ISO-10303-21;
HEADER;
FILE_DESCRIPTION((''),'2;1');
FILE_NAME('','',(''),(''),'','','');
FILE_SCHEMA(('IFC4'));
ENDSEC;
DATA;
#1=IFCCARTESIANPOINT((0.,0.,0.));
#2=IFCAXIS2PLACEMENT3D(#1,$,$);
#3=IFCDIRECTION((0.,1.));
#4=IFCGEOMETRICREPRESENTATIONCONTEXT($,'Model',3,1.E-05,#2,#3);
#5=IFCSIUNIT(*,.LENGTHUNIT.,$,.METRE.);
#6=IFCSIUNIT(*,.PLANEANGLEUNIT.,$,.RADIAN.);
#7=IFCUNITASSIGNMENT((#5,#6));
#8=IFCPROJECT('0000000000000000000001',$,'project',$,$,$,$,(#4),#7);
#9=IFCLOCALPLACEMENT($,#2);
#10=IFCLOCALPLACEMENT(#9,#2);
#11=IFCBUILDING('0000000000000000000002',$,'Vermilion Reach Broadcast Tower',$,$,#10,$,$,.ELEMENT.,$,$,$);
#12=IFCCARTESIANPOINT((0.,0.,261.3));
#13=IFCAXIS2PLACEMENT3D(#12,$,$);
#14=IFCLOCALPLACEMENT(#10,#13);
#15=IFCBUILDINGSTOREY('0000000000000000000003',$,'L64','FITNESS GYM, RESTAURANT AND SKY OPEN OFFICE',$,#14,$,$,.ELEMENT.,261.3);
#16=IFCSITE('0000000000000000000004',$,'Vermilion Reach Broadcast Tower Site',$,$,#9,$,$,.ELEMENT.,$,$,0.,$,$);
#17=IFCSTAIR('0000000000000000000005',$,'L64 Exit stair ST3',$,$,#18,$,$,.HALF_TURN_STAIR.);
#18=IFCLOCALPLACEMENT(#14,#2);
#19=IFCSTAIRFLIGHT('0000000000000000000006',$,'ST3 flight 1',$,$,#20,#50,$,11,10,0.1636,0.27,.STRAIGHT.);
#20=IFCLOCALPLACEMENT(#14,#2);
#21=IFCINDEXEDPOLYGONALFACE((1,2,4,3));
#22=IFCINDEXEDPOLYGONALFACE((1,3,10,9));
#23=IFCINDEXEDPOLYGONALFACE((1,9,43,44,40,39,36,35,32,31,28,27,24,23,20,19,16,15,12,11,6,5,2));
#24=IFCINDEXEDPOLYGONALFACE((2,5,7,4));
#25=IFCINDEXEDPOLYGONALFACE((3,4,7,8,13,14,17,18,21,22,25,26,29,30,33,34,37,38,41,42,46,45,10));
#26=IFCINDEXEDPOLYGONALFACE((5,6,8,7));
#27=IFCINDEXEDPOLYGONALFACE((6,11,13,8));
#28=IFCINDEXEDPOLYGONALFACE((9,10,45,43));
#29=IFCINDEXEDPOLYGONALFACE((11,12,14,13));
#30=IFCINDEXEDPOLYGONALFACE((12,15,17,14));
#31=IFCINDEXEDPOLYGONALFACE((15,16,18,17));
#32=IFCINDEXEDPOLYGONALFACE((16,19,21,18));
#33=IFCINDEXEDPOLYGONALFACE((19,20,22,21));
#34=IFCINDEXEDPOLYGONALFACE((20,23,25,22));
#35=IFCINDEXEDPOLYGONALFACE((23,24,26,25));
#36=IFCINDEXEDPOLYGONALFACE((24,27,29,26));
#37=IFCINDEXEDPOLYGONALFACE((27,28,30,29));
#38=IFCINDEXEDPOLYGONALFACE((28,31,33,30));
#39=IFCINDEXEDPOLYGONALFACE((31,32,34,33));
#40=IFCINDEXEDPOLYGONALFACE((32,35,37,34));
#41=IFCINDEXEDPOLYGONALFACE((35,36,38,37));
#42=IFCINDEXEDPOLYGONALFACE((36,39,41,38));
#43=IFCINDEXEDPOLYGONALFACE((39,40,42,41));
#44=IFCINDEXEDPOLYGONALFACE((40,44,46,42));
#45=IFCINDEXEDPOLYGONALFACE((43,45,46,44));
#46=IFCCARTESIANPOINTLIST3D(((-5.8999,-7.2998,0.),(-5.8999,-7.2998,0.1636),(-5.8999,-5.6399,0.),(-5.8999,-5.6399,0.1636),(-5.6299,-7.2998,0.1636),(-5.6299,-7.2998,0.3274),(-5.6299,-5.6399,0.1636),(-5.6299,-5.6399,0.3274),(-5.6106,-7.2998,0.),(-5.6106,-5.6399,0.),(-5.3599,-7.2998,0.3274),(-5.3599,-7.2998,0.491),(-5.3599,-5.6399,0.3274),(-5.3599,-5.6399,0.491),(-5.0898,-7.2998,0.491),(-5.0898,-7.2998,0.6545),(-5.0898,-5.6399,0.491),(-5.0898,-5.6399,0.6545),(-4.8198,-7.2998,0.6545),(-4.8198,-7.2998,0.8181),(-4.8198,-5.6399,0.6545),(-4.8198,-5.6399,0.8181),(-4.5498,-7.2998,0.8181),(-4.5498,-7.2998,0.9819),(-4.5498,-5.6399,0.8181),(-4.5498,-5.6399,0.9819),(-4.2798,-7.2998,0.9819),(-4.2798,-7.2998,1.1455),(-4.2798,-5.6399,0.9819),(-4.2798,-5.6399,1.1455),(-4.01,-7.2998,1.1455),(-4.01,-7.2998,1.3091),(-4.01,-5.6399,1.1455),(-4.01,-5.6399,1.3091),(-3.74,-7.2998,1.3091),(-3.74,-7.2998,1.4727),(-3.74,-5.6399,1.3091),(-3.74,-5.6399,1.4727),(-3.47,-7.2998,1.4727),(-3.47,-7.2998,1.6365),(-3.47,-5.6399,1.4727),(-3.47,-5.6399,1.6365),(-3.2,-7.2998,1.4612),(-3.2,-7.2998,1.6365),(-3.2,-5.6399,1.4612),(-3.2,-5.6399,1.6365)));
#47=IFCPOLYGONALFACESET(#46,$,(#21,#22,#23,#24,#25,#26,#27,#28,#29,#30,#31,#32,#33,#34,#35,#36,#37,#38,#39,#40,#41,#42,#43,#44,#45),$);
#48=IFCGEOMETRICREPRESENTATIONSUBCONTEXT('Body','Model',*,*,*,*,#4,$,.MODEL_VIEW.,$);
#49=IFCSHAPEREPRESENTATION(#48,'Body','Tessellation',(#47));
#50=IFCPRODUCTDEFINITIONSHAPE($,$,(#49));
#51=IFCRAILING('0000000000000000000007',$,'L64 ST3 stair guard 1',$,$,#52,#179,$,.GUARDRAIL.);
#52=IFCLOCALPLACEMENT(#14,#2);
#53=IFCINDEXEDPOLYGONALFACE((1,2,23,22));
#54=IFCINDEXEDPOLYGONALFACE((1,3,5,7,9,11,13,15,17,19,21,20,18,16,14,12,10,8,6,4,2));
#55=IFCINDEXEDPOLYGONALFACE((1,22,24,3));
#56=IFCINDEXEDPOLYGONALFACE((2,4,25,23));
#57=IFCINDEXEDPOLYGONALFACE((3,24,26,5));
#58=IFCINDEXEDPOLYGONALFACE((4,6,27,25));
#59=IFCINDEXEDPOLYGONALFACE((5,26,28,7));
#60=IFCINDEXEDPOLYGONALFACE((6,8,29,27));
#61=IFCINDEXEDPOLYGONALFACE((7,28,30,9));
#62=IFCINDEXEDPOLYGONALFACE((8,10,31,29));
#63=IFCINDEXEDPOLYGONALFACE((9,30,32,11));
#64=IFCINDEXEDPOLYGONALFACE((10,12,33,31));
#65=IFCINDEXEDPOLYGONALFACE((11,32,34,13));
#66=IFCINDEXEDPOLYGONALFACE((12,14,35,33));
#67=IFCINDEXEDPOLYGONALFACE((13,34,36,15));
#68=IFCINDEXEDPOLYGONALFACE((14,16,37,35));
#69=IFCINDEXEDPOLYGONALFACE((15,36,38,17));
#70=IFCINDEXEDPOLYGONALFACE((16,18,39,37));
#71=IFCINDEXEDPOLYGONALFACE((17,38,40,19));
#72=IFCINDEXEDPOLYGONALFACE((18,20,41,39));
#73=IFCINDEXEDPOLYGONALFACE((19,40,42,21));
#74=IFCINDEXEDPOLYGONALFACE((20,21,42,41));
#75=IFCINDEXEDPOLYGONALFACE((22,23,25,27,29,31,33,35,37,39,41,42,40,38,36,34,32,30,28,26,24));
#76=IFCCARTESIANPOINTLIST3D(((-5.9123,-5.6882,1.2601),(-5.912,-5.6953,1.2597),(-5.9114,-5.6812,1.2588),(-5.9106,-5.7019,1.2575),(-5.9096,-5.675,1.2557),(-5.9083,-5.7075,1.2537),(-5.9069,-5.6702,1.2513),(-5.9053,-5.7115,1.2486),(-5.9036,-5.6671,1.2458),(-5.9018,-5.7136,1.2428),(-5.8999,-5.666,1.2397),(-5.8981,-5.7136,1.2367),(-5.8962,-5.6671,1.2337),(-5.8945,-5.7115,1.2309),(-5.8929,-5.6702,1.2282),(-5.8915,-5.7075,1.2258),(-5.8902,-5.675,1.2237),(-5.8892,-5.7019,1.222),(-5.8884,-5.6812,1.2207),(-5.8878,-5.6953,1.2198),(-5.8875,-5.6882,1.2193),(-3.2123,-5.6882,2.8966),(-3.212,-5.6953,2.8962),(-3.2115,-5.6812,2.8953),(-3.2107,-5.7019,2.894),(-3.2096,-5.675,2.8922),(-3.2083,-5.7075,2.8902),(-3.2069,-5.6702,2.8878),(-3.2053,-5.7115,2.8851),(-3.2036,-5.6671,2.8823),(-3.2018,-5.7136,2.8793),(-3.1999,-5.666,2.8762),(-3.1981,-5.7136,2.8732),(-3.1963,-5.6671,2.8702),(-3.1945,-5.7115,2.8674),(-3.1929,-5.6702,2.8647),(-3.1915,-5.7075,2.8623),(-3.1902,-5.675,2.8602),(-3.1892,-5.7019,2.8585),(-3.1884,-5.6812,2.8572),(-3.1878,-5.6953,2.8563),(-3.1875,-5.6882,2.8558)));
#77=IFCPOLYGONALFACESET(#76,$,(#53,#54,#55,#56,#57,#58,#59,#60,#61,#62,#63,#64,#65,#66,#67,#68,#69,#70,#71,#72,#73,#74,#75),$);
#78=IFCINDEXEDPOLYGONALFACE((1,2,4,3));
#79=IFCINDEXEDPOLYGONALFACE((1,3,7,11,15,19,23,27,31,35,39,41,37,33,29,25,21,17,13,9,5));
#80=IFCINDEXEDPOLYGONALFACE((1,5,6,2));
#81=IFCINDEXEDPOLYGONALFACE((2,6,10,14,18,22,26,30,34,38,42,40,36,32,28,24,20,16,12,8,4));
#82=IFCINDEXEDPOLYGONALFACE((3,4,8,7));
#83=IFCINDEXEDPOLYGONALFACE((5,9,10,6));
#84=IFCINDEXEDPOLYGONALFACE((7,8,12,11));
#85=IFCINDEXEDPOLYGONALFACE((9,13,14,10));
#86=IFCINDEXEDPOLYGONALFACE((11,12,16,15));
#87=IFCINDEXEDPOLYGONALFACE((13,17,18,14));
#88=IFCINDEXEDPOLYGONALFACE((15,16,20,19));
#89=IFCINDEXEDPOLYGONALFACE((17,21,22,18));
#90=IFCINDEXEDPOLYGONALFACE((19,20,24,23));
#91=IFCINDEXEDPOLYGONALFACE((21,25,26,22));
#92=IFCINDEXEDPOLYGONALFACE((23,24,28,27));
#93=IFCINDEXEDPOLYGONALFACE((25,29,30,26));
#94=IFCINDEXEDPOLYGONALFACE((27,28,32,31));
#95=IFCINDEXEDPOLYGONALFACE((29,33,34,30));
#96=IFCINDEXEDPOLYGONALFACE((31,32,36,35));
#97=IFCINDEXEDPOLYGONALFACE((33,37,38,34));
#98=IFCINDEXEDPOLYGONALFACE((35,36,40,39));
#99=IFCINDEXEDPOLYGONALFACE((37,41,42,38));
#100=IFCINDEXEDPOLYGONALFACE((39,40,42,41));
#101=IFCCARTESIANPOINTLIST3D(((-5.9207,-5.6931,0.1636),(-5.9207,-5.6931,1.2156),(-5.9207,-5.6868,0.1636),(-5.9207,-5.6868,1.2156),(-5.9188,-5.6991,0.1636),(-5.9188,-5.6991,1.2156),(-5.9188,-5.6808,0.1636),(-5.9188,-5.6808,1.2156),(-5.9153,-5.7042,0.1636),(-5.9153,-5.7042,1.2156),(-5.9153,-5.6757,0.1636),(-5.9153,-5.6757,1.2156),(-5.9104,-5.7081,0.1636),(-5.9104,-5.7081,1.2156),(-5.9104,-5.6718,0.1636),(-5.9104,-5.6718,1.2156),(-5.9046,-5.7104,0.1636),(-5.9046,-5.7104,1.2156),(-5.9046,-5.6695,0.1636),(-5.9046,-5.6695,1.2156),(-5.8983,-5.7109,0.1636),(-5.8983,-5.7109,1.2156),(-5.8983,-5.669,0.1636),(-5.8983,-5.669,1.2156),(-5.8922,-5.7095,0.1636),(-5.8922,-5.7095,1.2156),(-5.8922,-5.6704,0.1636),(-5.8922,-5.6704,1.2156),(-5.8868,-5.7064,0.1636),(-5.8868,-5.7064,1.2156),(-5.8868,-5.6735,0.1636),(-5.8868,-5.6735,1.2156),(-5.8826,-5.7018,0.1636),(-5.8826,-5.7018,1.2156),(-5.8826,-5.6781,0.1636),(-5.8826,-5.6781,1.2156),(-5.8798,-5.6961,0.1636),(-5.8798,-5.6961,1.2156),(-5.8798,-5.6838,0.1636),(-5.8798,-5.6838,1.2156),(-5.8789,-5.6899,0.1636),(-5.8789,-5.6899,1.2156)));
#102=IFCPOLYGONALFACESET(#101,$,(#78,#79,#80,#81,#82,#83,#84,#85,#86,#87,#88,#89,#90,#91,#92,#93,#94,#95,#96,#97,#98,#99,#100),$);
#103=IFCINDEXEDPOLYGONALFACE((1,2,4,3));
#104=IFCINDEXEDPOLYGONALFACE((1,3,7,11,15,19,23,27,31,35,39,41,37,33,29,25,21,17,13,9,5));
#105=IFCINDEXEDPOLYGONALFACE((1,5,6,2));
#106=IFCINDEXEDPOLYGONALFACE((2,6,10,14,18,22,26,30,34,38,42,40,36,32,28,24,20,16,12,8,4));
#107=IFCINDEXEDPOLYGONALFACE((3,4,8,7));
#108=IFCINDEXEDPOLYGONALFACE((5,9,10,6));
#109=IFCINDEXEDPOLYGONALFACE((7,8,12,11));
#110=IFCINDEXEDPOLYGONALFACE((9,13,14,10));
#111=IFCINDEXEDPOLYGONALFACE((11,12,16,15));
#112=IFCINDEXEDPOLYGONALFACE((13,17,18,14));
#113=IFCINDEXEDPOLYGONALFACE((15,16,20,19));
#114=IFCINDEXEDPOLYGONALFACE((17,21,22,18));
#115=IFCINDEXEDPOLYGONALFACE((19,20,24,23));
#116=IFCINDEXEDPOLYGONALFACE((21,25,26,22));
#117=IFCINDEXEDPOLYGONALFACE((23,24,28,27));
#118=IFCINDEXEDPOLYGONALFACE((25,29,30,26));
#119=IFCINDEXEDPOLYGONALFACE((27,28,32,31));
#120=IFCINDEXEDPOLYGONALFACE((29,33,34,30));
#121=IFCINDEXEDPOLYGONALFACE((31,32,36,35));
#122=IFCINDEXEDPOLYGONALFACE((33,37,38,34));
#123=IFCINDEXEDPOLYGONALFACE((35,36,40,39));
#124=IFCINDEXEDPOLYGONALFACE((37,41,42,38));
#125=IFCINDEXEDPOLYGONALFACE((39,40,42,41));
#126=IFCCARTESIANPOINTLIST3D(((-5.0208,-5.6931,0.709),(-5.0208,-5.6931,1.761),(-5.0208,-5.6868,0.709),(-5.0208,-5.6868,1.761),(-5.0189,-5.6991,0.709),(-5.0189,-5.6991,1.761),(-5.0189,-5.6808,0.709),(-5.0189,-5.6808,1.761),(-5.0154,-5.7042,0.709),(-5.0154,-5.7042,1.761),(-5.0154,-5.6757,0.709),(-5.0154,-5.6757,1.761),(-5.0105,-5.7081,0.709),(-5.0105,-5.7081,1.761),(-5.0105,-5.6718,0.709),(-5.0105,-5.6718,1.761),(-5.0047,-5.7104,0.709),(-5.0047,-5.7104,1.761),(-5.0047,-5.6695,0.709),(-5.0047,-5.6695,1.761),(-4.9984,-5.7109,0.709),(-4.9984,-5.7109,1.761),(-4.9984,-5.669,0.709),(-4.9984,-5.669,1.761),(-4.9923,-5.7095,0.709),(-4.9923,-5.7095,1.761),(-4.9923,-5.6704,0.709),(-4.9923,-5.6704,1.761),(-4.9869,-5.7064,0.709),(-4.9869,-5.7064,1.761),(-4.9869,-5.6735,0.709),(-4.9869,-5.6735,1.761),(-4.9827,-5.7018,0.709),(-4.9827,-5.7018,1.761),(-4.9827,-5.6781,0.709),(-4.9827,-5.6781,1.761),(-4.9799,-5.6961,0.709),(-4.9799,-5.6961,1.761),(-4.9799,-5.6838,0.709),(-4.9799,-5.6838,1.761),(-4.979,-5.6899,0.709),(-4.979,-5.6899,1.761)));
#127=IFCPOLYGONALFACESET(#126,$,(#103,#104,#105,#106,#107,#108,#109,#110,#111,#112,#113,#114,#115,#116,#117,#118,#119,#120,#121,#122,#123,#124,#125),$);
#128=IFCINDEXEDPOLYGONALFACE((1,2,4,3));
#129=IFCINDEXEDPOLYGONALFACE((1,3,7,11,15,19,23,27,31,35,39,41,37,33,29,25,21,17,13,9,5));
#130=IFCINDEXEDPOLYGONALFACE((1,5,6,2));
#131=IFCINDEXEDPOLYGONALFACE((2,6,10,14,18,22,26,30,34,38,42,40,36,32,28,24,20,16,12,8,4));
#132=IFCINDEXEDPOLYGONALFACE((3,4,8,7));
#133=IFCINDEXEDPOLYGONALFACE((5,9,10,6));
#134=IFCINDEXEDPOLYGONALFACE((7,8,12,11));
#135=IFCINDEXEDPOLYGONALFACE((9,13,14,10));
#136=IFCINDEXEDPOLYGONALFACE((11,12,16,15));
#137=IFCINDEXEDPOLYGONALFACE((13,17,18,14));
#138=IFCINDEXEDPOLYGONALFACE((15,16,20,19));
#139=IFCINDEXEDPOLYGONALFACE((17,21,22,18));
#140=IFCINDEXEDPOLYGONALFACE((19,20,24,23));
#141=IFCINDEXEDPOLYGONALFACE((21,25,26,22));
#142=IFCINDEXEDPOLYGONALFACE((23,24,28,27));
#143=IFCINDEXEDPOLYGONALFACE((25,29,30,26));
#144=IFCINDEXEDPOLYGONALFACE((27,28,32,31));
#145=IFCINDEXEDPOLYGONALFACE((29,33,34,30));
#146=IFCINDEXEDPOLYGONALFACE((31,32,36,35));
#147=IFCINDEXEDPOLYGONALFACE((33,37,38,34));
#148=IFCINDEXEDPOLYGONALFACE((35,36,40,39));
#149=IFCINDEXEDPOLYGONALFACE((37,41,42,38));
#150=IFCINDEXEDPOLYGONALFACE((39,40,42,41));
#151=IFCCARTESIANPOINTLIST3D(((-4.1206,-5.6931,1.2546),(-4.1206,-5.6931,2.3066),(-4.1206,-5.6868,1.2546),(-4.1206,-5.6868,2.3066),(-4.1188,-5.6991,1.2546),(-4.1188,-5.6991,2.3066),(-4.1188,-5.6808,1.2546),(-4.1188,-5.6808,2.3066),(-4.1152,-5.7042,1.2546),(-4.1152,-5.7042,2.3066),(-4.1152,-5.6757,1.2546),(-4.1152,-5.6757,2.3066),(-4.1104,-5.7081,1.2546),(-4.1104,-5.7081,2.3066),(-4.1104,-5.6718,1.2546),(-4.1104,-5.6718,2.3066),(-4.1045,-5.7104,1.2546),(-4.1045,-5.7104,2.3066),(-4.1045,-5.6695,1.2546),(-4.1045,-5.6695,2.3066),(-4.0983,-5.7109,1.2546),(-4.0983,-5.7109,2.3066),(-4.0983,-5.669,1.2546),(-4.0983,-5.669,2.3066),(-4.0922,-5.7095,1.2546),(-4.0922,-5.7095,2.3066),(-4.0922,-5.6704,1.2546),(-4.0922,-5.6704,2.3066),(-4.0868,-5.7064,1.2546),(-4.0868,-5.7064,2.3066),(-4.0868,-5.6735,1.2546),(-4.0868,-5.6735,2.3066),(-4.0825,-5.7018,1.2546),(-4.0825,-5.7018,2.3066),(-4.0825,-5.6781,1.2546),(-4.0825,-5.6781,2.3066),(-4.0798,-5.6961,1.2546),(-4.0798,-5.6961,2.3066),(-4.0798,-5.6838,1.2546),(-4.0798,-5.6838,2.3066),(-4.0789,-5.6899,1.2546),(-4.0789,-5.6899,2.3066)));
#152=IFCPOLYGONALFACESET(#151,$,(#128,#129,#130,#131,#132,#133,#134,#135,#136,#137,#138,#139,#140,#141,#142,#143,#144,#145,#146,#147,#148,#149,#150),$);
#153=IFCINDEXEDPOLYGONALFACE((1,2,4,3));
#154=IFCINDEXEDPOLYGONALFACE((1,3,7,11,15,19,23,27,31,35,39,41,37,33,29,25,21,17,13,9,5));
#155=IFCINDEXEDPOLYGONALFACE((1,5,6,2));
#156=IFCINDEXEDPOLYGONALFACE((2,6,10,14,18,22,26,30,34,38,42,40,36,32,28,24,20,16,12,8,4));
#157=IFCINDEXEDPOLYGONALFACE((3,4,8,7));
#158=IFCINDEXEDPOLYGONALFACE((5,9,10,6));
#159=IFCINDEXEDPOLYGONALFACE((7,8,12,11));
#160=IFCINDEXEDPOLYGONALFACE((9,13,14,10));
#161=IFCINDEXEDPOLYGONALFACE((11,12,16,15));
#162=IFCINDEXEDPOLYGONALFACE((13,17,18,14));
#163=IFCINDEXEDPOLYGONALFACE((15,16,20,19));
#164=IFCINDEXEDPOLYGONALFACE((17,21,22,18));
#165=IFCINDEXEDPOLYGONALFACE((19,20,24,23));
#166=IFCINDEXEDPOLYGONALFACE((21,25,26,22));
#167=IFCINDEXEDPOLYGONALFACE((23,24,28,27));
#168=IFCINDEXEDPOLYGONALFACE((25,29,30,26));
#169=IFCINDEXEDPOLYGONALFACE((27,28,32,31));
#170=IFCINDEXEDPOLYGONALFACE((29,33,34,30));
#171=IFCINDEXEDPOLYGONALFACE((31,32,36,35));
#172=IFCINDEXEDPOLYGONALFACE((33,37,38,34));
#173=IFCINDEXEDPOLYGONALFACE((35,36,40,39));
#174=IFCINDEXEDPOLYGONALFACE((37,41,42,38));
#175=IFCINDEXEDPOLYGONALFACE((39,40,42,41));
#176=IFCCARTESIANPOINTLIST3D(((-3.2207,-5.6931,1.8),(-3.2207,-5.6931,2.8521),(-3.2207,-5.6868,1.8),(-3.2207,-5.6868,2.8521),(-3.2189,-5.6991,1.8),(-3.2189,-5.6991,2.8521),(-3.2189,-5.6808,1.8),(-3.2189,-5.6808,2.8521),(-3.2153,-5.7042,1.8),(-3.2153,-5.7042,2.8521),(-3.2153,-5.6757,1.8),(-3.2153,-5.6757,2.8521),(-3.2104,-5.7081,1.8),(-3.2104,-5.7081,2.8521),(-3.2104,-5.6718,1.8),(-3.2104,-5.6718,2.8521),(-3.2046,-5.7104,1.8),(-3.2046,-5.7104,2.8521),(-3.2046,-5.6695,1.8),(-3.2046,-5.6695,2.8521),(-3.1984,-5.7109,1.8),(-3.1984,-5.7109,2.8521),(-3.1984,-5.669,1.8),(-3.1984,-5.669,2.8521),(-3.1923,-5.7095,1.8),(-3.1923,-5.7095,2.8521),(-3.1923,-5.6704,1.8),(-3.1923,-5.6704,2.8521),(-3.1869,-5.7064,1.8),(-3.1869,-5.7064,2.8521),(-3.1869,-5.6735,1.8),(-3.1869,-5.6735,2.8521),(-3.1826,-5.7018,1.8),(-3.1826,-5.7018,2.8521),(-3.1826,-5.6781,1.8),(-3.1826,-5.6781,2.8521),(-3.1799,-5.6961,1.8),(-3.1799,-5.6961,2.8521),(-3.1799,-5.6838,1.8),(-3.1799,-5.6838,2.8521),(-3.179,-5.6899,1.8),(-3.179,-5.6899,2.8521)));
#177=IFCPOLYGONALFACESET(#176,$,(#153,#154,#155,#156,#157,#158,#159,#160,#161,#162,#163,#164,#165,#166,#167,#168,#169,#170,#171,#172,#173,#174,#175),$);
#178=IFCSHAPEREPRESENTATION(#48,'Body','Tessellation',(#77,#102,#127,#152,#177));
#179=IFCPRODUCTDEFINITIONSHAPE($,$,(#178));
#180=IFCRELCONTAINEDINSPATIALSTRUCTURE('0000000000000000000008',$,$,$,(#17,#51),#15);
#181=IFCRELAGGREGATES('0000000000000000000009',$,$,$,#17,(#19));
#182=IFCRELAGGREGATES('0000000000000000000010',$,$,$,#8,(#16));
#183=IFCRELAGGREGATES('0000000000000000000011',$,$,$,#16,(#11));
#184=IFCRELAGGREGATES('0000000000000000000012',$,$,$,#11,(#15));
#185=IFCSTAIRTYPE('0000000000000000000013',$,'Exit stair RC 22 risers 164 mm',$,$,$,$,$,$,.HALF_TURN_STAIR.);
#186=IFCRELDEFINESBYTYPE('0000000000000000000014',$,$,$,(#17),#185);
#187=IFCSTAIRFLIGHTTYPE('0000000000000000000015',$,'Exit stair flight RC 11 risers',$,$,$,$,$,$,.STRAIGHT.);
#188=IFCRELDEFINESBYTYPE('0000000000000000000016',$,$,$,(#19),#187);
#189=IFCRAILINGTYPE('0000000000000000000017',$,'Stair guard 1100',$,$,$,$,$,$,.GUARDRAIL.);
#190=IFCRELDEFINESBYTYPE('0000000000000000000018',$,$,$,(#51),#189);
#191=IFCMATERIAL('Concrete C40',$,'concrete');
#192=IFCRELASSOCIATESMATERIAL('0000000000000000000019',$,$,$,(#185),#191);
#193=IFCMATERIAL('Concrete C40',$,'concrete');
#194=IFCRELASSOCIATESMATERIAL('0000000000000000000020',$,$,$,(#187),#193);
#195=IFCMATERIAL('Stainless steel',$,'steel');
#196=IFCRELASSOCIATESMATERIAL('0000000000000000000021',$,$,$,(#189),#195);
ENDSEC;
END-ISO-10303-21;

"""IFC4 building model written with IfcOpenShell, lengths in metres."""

from ifc_helpers import new_model, si_unit, direction, frame, origin, origin_2d, place, context, subcontext, project, spatial, polyline, circle, outline, extrude, material, type_object, element, aggregate, save


model = new_model("IFC4")

# Units and contexts
model_context = context("Model", 3, precision=1e-05, world=origin(), true_north=direction((0.0, 1.0)))
body_context = subcontext(model_context, "Body", "Model", "MODEL_VIEW")
ifc_project = project(units=[si_unit("LENGTHUNIT", "METRE"), si_unit("PLANEANGLEUNIT", "RADIAN")], contexts=[model_context])

# Site, building, storey
site_placement = place(None, origin())
site = spatial("IfcSite", under=ifc_project, at=site_placement, Name="Vermilion Reach Broadcast Tower Site", CompositionType="ELEMENT", RefElevation=0.0)
building_placement = place(site_placement, origin())
building = spatial("IfcBuilding", under=site, at=building_placement, Name="Vermilion Reach Broadcast Tower", CompositionType="ELEMENT")
storey_placement = place(building_placement, frame((0.0, 0.0, 261.3)))
storey = spatial("IfcBuildingStorey", under=building, at=storey_placement, Name="L64", Description="FITNESS GYM, RESTAURANT AND SKY OPEN OFFICE", CompositionType="ELEMENT", Elevation=261.3)

# Stair, stair flight
ifc_material_1 = material(Name="Concrete C40", Category="concrete")
stair_type = type_object("IfcStairType", Name="Exit stair RC 22 risers 164 mm", PredefinedType="HALF_TURN_STAIR", material=ifc_material_1)
stair_placement = place(storey_placement, origin())
stair = element("IfcStair", 1, at=stair_placement, inside=storey, type_object=stair_type, Name="L64 Exit stair ST3", PredefinedType="HALF_TURN_STAIR")
ifc_material_2 = material(Name="Concrete C40", Category="concrete")
stair_flight_type = type_object("IfcStairFlightType", Name="Exit stair flight RC 11 risers", PredefinedType="STRAIGHT", material=ifc_material_2)
stair_flight_placement = place(storey_placement, frame((-5.8999, -6.47, 0.0), z_axis=(0.0, 0.0, 1.0), x_axis=(1.0, 0.0, 0.0)))
stair_flight = element("IfcStairFlight", 2, at=stair_flight_placement, type_object=stair_flight_type, Name="ST3 flight 1", NumberOfRisers=11, NumberOfTreads=10, PredefinedType="STRAIGHT", RiserHeight=0.1636, TreadLength=0.27, context=body_context, shape_type="SweptSolid", body=[
    extrude(outline(polyline([(0.0, 0.0), (0.0, 0.1636), (0.27, 0.1636), (0.27, 0.3274), (0.54, 0.3274), (0.54, 0.491), (0.8101, 0.491), (0.8101, 0.6545), (1.0801, 0.6545), (1.0801, 0.8181), (1.3501, 0.8181), (1.3501, 0.9819), (1.6201, 0.9819), (1.6201, 1.1455), (1.8899, 1.1455), (1.8899, 1.3091), (2.1599, 1.3091), (2.1599, 1.4727), (2.4299, 1.4727), (2.4299, 1.6365), (2.7, 1.6365), (2.7, 1.8), (2.7, 1.4612), (0.2893, 0.0), (0.0, 0.0)])), frame((0.0, 0.8301, 0.0), z_axis=(0.0, -1.0, 0.0), x_axis=(1.0, 0.0, 0.0)), (0.0, 0.0, 1.0), 1.6599),
])
aggregate(stair, [stair_flight])

# Railing
ifc_material_3 = material(Name="Stainless steel", Category="steel")
railing_type_1 = type_object("IfcRailingType", Name="Stair guard 1100", PredefinedType="GUARDRAIL", material=ifc_material_3)
railing_1_placement = place(storey_placement, frame((-5.8999, -5.6899, 0.1636)))
element("IfcRailing", 3, at=railing_1_placement, inside=storey, type_object=railing_type_1, Name="L64 ST3 stair guard 1", PredefinedType="GUARDRAIL", context=body_context, shape_type="SweptSolid", body=[
    extrude(circle(Radius=0.0239, at=origin_2d()), frame((0.0, 0.0, 1.0762), z_axis=(0.855178, 0.0, 0.518334), x_axis=(0.0, 1.0, 0.0)), (0.0, 0.0, 1.0), 3.1572),
    extrude(circle(Radius=0.021, at=origin_2d()), origin(), (0.0, 0.0, 1.0), 1.052),
    extrude(circle(Radius=0.021, at=origin_2d()), frame((0.8999, 0.0, 0.5454)), (0.0, 0.0, 1.0), 1.052),
    extrude(circle(Radius=0.021, at=origin_2d()), frame((1.8, 0.0, 1.0911)), (0.0, 0.0, 1.0), 1.052),
    extrude(circle(Radius=0.021, at=origin_2d()), frame((2.7, 0.0, 1.6365)), (0.0, 0.0, 1.0), 1.052),
])

save(model, "model.ifc")
